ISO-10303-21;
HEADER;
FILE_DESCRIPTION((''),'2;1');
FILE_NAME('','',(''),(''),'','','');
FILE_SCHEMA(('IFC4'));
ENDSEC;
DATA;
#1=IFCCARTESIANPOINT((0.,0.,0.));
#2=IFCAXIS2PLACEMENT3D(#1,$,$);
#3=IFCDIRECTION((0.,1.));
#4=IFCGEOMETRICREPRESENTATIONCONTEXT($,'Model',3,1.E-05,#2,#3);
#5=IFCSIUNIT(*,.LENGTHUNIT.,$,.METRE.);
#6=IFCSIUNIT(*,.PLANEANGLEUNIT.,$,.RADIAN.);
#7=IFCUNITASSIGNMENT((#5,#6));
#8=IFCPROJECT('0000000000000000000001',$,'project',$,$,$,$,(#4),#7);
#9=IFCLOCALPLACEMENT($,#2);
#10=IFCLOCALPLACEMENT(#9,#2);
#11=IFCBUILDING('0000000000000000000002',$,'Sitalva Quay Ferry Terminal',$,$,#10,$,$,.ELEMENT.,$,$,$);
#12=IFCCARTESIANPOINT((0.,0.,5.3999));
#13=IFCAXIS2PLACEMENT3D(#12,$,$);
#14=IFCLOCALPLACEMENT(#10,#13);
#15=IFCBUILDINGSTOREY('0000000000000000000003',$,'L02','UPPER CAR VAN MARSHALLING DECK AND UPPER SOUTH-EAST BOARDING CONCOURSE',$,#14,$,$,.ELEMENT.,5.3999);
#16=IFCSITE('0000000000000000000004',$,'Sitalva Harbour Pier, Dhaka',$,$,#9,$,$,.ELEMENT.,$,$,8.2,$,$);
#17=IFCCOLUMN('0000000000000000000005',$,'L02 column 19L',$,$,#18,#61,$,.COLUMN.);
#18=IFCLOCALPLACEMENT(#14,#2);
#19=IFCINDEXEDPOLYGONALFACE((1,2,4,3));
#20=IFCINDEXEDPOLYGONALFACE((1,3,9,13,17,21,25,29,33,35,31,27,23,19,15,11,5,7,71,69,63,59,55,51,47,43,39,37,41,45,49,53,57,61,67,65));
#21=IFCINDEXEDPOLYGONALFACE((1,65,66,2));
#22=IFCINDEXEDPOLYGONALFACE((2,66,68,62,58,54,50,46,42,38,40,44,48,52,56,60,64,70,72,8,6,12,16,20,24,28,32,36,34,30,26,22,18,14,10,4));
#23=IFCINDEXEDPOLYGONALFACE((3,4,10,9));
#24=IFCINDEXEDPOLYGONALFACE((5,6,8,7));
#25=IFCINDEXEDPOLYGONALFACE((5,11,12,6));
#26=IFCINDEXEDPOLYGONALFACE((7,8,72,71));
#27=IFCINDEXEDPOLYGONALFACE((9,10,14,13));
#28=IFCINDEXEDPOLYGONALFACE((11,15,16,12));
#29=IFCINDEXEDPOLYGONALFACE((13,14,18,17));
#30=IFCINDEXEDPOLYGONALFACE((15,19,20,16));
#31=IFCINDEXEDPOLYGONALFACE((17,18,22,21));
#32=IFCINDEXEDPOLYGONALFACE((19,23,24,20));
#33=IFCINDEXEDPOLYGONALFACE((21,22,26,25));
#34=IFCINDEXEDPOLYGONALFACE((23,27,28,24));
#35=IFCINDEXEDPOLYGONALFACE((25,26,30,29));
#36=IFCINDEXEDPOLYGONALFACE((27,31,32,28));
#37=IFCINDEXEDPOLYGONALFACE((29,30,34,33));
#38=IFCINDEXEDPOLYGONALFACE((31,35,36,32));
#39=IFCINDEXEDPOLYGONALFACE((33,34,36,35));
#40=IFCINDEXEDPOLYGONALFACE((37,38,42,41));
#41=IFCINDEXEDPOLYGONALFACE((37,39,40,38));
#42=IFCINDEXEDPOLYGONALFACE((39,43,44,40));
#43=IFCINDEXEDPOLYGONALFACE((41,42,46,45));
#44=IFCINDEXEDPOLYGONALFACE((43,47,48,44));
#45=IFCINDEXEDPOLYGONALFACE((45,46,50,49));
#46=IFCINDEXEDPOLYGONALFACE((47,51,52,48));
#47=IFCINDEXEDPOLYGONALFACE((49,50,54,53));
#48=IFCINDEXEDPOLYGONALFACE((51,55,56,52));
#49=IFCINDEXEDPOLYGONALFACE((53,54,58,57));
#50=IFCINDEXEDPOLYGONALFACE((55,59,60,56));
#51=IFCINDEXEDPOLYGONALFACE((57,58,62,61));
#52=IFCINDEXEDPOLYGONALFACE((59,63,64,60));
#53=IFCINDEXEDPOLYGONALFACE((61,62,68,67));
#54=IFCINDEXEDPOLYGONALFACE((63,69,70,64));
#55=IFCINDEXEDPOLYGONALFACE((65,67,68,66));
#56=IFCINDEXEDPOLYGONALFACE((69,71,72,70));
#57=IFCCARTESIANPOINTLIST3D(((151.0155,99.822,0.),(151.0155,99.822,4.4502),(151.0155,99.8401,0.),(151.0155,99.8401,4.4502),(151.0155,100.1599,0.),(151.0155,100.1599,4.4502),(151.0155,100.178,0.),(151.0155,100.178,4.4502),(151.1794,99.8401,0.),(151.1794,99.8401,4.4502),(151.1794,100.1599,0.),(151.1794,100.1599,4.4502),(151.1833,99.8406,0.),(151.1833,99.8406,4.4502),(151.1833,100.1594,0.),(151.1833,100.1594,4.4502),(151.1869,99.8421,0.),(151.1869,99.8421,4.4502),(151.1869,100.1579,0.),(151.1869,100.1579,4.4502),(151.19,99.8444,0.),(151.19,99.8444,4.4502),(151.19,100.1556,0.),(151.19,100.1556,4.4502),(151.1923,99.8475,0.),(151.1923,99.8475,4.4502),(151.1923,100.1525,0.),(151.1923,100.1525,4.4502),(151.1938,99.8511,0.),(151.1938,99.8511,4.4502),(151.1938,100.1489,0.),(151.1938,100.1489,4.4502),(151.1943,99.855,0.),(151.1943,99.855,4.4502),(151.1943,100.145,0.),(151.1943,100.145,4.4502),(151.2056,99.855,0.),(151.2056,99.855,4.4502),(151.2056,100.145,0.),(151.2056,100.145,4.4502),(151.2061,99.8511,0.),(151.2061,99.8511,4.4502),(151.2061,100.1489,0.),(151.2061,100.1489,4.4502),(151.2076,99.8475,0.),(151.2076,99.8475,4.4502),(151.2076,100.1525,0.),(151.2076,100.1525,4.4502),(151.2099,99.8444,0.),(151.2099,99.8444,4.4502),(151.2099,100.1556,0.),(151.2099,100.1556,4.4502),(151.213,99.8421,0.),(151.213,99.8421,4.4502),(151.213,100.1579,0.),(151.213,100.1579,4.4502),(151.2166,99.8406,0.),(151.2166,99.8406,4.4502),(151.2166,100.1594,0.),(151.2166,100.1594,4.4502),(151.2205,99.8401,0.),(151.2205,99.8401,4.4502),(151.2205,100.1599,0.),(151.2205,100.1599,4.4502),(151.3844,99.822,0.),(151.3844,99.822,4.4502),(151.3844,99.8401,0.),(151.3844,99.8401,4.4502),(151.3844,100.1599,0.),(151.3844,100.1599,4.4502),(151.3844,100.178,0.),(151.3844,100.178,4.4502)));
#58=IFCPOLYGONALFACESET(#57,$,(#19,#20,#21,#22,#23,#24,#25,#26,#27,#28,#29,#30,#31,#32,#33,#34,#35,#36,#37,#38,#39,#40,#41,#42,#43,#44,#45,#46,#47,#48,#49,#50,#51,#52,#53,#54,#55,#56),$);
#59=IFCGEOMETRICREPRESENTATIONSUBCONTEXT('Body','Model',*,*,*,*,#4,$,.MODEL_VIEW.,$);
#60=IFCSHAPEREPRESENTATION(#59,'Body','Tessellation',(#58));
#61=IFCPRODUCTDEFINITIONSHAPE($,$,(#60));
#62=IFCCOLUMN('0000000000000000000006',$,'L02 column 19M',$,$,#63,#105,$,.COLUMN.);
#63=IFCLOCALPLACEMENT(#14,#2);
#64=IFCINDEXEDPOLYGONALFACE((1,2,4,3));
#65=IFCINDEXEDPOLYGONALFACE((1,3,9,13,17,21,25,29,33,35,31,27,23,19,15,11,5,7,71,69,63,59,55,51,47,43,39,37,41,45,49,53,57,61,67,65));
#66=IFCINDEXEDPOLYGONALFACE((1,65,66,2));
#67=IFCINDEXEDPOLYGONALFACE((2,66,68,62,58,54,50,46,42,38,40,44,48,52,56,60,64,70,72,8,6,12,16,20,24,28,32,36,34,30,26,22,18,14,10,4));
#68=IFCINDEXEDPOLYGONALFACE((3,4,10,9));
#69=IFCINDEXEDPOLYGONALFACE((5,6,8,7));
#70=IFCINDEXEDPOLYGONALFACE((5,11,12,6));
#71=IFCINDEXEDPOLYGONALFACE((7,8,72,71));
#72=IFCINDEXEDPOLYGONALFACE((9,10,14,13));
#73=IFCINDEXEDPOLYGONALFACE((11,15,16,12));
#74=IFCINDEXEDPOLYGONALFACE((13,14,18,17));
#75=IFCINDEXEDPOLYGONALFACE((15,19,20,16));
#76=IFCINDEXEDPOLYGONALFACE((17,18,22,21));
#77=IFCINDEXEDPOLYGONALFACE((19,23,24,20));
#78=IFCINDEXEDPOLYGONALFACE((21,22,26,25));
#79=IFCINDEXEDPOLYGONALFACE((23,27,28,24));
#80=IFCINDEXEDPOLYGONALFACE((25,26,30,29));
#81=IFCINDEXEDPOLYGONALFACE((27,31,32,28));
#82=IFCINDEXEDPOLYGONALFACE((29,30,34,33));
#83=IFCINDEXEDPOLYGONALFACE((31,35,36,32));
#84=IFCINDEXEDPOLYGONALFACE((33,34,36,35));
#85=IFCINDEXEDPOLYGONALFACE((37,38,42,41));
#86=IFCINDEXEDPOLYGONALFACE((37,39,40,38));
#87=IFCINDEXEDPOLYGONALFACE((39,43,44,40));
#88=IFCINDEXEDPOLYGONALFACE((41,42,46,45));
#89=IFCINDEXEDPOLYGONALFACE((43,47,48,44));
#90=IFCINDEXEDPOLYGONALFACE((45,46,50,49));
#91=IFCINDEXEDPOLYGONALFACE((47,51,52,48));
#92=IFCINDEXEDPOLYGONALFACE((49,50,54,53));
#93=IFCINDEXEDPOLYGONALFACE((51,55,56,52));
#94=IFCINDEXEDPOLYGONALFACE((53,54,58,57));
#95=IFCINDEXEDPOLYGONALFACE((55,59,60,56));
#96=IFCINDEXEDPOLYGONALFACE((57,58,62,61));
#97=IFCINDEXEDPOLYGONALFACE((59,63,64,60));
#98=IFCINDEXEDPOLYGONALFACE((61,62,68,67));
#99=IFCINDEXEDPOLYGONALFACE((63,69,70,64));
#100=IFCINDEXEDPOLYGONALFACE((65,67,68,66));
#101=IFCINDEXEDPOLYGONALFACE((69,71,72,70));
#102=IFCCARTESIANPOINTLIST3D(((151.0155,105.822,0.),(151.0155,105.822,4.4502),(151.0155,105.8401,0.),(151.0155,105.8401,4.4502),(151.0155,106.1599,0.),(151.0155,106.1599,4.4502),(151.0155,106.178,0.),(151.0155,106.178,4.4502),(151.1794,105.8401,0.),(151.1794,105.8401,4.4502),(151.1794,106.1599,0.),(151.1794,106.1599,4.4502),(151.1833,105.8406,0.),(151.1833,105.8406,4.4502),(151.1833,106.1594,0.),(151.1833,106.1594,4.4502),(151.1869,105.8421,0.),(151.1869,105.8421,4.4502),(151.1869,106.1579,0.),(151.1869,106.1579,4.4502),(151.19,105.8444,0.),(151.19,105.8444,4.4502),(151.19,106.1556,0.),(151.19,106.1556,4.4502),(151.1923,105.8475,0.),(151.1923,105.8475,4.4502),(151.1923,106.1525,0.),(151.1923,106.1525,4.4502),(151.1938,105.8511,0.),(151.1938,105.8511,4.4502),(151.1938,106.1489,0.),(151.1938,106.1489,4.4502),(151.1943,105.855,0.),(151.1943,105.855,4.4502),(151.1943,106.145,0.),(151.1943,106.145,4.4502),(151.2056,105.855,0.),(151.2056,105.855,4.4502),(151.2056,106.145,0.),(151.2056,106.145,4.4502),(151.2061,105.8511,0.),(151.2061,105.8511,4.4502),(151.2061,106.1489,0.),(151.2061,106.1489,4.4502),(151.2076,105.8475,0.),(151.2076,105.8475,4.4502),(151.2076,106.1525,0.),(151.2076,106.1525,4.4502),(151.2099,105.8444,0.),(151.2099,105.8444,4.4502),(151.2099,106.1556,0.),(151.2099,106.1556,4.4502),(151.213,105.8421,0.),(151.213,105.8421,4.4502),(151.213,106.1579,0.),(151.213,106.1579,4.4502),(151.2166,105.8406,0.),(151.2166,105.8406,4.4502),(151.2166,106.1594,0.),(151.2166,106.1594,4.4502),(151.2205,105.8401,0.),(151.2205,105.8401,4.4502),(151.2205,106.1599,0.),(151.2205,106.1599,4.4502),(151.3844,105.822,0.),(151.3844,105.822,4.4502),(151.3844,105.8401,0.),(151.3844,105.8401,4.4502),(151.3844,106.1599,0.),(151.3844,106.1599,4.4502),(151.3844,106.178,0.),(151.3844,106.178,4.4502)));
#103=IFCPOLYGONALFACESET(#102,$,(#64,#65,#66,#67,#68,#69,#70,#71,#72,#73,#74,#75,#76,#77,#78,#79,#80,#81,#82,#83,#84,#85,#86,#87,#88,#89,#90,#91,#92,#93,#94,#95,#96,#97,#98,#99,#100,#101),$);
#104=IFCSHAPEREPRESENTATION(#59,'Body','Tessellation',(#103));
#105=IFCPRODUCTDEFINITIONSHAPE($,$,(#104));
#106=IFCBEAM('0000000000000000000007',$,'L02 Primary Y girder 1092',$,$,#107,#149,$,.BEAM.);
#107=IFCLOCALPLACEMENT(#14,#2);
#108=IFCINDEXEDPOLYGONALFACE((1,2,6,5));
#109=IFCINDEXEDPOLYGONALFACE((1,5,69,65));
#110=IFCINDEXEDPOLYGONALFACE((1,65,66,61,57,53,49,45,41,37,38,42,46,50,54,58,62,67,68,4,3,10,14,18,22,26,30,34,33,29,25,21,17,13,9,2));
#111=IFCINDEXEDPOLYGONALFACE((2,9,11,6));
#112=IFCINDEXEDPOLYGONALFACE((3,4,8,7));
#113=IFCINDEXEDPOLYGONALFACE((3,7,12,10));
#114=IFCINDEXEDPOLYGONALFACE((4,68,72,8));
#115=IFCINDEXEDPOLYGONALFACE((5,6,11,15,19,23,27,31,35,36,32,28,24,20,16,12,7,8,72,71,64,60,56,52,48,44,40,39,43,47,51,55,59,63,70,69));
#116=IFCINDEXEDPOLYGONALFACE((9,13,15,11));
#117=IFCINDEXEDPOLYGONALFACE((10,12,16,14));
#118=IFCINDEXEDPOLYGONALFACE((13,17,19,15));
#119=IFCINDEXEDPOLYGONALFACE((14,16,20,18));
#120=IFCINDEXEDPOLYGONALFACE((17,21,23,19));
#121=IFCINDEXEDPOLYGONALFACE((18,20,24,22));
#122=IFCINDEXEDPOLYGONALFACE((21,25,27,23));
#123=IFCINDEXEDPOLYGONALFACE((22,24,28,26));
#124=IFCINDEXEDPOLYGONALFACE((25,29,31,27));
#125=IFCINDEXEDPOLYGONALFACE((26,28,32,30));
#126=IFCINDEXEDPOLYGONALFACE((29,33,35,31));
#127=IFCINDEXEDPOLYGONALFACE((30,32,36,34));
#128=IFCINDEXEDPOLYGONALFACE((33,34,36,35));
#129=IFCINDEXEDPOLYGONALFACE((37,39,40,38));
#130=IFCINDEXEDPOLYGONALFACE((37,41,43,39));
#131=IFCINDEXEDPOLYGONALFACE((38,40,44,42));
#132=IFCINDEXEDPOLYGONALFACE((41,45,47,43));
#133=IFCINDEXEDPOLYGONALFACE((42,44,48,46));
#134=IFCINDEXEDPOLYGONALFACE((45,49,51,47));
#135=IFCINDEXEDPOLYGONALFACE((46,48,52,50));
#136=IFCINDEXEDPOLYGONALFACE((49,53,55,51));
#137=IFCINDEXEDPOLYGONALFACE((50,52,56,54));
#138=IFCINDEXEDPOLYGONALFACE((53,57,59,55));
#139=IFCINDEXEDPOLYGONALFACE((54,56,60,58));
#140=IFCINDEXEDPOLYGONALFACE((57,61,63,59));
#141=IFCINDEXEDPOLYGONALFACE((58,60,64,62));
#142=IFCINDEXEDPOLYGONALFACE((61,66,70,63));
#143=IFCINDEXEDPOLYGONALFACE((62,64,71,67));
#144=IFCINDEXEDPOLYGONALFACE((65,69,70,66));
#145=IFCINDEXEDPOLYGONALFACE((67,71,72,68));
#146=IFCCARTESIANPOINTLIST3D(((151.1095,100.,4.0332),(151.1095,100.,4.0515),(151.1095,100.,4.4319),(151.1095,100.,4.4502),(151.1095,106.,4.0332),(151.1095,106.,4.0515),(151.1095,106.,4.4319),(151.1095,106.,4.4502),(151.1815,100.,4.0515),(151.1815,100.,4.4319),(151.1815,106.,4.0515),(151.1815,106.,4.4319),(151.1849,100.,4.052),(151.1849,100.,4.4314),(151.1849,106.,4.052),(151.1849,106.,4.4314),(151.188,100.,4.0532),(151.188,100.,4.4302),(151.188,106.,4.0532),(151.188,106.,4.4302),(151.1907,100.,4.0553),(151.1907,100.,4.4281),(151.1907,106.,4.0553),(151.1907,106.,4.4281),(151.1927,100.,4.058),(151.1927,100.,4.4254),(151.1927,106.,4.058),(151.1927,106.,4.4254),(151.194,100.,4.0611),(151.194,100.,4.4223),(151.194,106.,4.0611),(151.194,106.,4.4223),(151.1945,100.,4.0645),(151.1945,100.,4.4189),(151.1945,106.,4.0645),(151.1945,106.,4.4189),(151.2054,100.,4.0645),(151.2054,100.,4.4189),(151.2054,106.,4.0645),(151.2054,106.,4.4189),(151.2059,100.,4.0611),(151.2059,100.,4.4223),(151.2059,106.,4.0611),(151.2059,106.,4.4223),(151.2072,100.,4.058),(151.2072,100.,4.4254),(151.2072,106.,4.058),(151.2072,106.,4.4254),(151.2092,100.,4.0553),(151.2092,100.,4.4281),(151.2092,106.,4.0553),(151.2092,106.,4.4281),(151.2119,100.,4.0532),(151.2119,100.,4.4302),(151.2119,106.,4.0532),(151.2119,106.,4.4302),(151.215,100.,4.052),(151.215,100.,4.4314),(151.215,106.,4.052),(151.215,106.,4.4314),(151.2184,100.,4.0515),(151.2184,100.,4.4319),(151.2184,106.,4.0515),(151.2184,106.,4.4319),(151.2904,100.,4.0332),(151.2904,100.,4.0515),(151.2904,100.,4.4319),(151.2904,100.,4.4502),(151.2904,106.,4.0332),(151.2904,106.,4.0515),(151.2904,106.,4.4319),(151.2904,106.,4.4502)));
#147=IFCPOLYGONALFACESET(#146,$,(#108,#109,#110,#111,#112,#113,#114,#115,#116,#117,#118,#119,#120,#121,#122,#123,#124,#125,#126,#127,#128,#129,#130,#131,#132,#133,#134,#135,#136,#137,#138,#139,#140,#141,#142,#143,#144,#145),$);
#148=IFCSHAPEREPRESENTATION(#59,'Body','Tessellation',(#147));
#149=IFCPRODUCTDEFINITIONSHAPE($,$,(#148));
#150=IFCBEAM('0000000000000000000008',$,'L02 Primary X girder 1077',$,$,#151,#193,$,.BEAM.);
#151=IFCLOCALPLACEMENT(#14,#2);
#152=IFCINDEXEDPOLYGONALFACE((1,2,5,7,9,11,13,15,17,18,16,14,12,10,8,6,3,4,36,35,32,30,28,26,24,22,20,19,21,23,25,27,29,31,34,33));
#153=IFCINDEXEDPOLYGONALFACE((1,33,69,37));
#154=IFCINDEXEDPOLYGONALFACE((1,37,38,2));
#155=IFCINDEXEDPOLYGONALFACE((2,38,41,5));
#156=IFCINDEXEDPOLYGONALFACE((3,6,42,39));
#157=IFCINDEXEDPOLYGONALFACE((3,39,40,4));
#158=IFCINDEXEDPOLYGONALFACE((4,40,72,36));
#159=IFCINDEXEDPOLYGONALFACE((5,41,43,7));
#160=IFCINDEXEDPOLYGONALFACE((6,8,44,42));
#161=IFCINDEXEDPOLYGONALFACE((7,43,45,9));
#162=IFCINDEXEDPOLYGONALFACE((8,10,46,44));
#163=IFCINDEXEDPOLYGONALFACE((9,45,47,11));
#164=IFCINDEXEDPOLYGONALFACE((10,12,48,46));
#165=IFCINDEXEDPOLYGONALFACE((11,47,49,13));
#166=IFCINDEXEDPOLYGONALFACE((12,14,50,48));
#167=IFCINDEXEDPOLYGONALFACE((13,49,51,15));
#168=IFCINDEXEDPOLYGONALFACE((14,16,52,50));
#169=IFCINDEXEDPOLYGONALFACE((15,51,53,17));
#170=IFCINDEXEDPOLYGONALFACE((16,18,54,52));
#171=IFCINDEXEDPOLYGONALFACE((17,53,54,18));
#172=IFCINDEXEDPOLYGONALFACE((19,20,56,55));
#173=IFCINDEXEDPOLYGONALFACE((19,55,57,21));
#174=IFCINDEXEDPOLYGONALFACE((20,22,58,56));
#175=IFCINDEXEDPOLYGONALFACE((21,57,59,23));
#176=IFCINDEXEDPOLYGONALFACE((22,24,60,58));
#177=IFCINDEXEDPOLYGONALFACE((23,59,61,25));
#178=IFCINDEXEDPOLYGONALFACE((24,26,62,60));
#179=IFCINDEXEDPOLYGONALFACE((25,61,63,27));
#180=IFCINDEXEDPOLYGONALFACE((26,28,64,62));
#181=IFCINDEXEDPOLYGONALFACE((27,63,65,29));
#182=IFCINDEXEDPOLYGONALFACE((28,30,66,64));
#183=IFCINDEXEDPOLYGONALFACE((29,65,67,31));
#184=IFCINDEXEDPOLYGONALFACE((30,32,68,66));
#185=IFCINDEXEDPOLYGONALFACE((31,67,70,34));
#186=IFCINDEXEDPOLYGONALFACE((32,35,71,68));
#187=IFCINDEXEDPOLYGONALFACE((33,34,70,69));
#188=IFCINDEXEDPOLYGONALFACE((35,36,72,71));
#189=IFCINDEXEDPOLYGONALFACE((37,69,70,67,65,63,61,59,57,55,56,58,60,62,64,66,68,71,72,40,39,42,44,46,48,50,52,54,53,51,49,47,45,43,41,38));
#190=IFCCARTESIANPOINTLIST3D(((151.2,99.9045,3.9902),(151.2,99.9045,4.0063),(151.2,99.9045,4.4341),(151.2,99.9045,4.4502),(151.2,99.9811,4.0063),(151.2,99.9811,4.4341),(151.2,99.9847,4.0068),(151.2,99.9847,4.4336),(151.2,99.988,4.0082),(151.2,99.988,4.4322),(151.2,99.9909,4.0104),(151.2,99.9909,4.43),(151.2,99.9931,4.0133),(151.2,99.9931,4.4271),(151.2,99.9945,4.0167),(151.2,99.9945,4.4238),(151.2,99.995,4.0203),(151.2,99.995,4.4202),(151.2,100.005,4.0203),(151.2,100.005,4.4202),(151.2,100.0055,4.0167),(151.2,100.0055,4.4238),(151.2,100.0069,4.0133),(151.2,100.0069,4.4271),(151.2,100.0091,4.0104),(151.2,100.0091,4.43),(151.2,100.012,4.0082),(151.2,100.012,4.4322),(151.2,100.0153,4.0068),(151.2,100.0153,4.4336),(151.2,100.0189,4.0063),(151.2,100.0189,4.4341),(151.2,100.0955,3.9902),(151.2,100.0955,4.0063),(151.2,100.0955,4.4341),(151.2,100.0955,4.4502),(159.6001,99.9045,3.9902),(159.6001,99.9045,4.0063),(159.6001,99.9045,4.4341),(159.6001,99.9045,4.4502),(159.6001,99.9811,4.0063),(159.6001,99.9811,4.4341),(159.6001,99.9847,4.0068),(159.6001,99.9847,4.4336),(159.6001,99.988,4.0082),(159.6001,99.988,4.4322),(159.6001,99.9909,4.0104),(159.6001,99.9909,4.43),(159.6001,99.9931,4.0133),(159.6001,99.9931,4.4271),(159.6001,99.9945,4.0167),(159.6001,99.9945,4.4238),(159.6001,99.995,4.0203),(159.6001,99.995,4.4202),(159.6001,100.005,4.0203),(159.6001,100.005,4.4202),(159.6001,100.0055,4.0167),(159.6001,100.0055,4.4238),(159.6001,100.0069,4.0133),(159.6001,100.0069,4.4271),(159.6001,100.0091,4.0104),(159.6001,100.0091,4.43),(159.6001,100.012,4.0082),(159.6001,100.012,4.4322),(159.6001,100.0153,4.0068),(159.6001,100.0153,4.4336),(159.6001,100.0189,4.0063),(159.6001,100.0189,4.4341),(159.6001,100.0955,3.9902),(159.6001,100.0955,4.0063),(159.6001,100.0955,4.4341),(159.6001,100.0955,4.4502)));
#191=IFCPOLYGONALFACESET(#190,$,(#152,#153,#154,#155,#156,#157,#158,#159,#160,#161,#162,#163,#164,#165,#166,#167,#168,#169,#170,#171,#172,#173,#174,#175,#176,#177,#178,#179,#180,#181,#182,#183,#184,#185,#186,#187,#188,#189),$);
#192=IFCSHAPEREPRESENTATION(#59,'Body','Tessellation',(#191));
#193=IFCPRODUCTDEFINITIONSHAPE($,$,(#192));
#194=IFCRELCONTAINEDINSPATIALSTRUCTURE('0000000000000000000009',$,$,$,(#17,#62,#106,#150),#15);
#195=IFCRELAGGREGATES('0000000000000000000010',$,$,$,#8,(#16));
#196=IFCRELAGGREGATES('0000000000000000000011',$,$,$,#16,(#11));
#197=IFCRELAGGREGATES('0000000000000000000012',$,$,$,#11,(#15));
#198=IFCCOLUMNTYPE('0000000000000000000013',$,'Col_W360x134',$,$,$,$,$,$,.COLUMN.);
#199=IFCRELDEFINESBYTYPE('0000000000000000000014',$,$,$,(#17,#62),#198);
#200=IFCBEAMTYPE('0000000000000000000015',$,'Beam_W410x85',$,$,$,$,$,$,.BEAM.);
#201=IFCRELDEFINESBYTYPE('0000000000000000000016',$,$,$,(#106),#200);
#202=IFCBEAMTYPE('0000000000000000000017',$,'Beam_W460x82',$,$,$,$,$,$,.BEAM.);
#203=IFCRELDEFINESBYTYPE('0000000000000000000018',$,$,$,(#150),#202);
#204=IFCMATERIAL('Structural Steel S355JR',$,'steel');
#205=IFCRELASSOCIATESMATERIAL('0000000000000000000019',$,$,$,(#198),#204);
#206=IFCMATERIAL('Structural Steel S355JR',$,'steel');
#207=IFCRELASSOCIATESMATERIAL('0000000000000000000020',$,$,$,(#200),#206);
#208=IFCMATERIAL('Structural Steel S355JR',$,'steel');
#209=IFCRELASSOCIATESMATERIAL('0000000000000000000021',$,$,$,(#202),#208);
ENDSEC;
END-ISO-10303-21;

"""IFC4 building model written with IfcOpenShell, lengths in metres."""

from ifc_helpers import new_model, si_unit, direction, frame, origin, origin_2d, place, context, subcontext, project, spatial, i_section, extrude, material, material_profile, profile_set, type_object, element, save


model = new_model("IFC4")

# Units and contexts
model_context = context("Model", 3, precision=1e-05, world=origin(), true_north=direction((0.0, 1.0)))
body_context = subcontext(model_context, "Body", "Model", "MODEL_VIEW")
ifc_project = project(units=[si_unit("LENGTHUNIT", "METRE"), si_unit("PLANEANGLEUNIT", "RADIAN")], contexts=[model_context])

# Site, building, storey
site_placement = place(None, origin())
site = spatial("IfcSite", under=ifc_project, at=site_placement, Name="Sitalva Harbour Pier, Dhaka", CompositionType="ELEMENT", RefElevation=8.2)
building_placement = place(site_placement, origin())
building = spatial("IfcBuilding", under=site, at=building_placement, Name="Sitalva Quay Ferry Terminal", CompositionType="ELEMENT")
storey_placement = place(building_placement, frame((0.0, 0.0, 5.3999)))
storey = spatial("IfcBuildingStorey", under=building, at=storey_placement, Name="L02", Description="UPPER CAR VAN MARSHALLING DECK AND UPPER SOUTH-EAST BOARDING CONCOURSE", CompositionType="ELEMENT", Elevation=5.3999)

# Columns
ifc_material_1 = material(Name="Structural Steel S355JR", Category="steel")
ifc_material_profile_1 = material_profile(ifc_material_1, i_section(OverallWidth=0.3689, OverallDepth=0.356, WebThickness=0.0112, FlangeThickness=0.0181, FilletRadius=0.0149, at=origin_2d()), Name="W360x134")
ifc_profile_set_1 = profile_set([ifc_material_profile_1], Name="Structural Steel S355JR")
column_type = type_object("IfcColumnType", Name="Col_W360x134", PredefinedType="COLUMN", material=ifc_profile_set_1)
for number, where, z_axis, x_axis, name in (
    (1, (151.2, 100.0, 0.0), (0.0, 0.0, 1.0), (1.0, 0.0, 0.0), "L02 column 19L"),
    (2, (151.2, 106.0, 0.0), (0.0, 0.0, 1.0), (1.0, 0.0, 0.0), "L02 column 19M"),
):
    element("IfcColumn", number, at=place(storey_placement, frame(where, z_axis=z_axis, x_axis=x_axis)), inside=storey, type_object=column_type, Name=name, PredefinedType="COLUMN", context=body_context, shape_type="SweptSolid", body=[
        extrude(i_section(OverallWidth=0.3689, OverallDepth=0.356, WebThickness=0.0112, FlangeThickness=0.0181, FilletRadius=0.0149, at=origin_2d()), origin(), (0.0, 0.0, 1.0), 4.4502),
    ])

# Beams
ifc_material_2 = material(Name="Structural Steel S355JR", Category="steel")
ifc_material_profile_2 = material_profile(ifc_material_2, i_section(OverallWidth=0.1809, OverallDepth=0.417, WebThickness=0.011, FlangeThickness=0.0183, FilletRadius=0.0129, at=origin_2d()), Name="W410x85")
ifc_profile_set_2 = profile_set([ifc_material_profile_2], Name="Structural Steel S355JR")
beam_type_1 = type_object("IfcBeamType", Name="Beam_W410x85", PredefinedType="BEAM", material=ifc_profile_set_2)
beam_1_placement = place(storey_placement, frame((151.2, 100.0, 4.2417), z_axis=(0.0, 1.0, 0.0), x_axis=(-1.0, 0.0, 0.0)))
element("IfcBeam", 3, at=beam_1_placement, inside=storey, type_object=beam_type_1, Name="L02 Primary Y girder 1092", PredefinedType="BEAM", context=body_context, shape_type="SweptSolid", body=[
    extrude(i_section(OverallWidth=0.1809, OverallDepth=0.417, WebThickness=0.011, FlangeThickness=0.0183, FilletRadius=0.0129, at=origin_2d()), origin(), (0.0, 0.0, 1.0), 6.0),
])
ifc_material_3 = material(Name="Structural Steel S355JR", Category="steel")
ifc_material_profile_3 = material_profile(ifc_material_3, i_section(OverallWidth=0.1909, OverallDepth=0.46, WebThickness=0.01, FlangeThickness=0.0161, FilletRadius=0.0139, at=origin_2d()), Name="W460x82")
ifc_profile_set_3 = profile_set([ifc_material_profile_3], Name="Structural Steel S355JR")
beam_type_2 = type_object("IfcBeamType", Name="Beam_W460x82", PredefinedType="BEAM", material=ifc_profile_set_3)
beam_2_placement = place(storey_placement, frame((151.2, 100.0, 4.2202), z_axis=(1.0, 0.0, 0.0), x_axis=(0.0, 1.0, 0.0)))
element("IfcBeam", 4, at=beam_2_placement, inside=storey, type_object=beam_type_2, Name="L02 Primary X girder 1077", PredefinedType="BEAM", context=body_context, shape_type="SweptSolid", body=[
    extrude(i_section(OverallWidth=0.1909, OverallDepth=0.46, WebThickness=0.01, FlangeThickness=0.0161, FilletRadius=0.0139, at=origin_2d()), origin(), (0.0, 0.0, 1.0), 8.4001),
])

save(model, "model.ifc")
